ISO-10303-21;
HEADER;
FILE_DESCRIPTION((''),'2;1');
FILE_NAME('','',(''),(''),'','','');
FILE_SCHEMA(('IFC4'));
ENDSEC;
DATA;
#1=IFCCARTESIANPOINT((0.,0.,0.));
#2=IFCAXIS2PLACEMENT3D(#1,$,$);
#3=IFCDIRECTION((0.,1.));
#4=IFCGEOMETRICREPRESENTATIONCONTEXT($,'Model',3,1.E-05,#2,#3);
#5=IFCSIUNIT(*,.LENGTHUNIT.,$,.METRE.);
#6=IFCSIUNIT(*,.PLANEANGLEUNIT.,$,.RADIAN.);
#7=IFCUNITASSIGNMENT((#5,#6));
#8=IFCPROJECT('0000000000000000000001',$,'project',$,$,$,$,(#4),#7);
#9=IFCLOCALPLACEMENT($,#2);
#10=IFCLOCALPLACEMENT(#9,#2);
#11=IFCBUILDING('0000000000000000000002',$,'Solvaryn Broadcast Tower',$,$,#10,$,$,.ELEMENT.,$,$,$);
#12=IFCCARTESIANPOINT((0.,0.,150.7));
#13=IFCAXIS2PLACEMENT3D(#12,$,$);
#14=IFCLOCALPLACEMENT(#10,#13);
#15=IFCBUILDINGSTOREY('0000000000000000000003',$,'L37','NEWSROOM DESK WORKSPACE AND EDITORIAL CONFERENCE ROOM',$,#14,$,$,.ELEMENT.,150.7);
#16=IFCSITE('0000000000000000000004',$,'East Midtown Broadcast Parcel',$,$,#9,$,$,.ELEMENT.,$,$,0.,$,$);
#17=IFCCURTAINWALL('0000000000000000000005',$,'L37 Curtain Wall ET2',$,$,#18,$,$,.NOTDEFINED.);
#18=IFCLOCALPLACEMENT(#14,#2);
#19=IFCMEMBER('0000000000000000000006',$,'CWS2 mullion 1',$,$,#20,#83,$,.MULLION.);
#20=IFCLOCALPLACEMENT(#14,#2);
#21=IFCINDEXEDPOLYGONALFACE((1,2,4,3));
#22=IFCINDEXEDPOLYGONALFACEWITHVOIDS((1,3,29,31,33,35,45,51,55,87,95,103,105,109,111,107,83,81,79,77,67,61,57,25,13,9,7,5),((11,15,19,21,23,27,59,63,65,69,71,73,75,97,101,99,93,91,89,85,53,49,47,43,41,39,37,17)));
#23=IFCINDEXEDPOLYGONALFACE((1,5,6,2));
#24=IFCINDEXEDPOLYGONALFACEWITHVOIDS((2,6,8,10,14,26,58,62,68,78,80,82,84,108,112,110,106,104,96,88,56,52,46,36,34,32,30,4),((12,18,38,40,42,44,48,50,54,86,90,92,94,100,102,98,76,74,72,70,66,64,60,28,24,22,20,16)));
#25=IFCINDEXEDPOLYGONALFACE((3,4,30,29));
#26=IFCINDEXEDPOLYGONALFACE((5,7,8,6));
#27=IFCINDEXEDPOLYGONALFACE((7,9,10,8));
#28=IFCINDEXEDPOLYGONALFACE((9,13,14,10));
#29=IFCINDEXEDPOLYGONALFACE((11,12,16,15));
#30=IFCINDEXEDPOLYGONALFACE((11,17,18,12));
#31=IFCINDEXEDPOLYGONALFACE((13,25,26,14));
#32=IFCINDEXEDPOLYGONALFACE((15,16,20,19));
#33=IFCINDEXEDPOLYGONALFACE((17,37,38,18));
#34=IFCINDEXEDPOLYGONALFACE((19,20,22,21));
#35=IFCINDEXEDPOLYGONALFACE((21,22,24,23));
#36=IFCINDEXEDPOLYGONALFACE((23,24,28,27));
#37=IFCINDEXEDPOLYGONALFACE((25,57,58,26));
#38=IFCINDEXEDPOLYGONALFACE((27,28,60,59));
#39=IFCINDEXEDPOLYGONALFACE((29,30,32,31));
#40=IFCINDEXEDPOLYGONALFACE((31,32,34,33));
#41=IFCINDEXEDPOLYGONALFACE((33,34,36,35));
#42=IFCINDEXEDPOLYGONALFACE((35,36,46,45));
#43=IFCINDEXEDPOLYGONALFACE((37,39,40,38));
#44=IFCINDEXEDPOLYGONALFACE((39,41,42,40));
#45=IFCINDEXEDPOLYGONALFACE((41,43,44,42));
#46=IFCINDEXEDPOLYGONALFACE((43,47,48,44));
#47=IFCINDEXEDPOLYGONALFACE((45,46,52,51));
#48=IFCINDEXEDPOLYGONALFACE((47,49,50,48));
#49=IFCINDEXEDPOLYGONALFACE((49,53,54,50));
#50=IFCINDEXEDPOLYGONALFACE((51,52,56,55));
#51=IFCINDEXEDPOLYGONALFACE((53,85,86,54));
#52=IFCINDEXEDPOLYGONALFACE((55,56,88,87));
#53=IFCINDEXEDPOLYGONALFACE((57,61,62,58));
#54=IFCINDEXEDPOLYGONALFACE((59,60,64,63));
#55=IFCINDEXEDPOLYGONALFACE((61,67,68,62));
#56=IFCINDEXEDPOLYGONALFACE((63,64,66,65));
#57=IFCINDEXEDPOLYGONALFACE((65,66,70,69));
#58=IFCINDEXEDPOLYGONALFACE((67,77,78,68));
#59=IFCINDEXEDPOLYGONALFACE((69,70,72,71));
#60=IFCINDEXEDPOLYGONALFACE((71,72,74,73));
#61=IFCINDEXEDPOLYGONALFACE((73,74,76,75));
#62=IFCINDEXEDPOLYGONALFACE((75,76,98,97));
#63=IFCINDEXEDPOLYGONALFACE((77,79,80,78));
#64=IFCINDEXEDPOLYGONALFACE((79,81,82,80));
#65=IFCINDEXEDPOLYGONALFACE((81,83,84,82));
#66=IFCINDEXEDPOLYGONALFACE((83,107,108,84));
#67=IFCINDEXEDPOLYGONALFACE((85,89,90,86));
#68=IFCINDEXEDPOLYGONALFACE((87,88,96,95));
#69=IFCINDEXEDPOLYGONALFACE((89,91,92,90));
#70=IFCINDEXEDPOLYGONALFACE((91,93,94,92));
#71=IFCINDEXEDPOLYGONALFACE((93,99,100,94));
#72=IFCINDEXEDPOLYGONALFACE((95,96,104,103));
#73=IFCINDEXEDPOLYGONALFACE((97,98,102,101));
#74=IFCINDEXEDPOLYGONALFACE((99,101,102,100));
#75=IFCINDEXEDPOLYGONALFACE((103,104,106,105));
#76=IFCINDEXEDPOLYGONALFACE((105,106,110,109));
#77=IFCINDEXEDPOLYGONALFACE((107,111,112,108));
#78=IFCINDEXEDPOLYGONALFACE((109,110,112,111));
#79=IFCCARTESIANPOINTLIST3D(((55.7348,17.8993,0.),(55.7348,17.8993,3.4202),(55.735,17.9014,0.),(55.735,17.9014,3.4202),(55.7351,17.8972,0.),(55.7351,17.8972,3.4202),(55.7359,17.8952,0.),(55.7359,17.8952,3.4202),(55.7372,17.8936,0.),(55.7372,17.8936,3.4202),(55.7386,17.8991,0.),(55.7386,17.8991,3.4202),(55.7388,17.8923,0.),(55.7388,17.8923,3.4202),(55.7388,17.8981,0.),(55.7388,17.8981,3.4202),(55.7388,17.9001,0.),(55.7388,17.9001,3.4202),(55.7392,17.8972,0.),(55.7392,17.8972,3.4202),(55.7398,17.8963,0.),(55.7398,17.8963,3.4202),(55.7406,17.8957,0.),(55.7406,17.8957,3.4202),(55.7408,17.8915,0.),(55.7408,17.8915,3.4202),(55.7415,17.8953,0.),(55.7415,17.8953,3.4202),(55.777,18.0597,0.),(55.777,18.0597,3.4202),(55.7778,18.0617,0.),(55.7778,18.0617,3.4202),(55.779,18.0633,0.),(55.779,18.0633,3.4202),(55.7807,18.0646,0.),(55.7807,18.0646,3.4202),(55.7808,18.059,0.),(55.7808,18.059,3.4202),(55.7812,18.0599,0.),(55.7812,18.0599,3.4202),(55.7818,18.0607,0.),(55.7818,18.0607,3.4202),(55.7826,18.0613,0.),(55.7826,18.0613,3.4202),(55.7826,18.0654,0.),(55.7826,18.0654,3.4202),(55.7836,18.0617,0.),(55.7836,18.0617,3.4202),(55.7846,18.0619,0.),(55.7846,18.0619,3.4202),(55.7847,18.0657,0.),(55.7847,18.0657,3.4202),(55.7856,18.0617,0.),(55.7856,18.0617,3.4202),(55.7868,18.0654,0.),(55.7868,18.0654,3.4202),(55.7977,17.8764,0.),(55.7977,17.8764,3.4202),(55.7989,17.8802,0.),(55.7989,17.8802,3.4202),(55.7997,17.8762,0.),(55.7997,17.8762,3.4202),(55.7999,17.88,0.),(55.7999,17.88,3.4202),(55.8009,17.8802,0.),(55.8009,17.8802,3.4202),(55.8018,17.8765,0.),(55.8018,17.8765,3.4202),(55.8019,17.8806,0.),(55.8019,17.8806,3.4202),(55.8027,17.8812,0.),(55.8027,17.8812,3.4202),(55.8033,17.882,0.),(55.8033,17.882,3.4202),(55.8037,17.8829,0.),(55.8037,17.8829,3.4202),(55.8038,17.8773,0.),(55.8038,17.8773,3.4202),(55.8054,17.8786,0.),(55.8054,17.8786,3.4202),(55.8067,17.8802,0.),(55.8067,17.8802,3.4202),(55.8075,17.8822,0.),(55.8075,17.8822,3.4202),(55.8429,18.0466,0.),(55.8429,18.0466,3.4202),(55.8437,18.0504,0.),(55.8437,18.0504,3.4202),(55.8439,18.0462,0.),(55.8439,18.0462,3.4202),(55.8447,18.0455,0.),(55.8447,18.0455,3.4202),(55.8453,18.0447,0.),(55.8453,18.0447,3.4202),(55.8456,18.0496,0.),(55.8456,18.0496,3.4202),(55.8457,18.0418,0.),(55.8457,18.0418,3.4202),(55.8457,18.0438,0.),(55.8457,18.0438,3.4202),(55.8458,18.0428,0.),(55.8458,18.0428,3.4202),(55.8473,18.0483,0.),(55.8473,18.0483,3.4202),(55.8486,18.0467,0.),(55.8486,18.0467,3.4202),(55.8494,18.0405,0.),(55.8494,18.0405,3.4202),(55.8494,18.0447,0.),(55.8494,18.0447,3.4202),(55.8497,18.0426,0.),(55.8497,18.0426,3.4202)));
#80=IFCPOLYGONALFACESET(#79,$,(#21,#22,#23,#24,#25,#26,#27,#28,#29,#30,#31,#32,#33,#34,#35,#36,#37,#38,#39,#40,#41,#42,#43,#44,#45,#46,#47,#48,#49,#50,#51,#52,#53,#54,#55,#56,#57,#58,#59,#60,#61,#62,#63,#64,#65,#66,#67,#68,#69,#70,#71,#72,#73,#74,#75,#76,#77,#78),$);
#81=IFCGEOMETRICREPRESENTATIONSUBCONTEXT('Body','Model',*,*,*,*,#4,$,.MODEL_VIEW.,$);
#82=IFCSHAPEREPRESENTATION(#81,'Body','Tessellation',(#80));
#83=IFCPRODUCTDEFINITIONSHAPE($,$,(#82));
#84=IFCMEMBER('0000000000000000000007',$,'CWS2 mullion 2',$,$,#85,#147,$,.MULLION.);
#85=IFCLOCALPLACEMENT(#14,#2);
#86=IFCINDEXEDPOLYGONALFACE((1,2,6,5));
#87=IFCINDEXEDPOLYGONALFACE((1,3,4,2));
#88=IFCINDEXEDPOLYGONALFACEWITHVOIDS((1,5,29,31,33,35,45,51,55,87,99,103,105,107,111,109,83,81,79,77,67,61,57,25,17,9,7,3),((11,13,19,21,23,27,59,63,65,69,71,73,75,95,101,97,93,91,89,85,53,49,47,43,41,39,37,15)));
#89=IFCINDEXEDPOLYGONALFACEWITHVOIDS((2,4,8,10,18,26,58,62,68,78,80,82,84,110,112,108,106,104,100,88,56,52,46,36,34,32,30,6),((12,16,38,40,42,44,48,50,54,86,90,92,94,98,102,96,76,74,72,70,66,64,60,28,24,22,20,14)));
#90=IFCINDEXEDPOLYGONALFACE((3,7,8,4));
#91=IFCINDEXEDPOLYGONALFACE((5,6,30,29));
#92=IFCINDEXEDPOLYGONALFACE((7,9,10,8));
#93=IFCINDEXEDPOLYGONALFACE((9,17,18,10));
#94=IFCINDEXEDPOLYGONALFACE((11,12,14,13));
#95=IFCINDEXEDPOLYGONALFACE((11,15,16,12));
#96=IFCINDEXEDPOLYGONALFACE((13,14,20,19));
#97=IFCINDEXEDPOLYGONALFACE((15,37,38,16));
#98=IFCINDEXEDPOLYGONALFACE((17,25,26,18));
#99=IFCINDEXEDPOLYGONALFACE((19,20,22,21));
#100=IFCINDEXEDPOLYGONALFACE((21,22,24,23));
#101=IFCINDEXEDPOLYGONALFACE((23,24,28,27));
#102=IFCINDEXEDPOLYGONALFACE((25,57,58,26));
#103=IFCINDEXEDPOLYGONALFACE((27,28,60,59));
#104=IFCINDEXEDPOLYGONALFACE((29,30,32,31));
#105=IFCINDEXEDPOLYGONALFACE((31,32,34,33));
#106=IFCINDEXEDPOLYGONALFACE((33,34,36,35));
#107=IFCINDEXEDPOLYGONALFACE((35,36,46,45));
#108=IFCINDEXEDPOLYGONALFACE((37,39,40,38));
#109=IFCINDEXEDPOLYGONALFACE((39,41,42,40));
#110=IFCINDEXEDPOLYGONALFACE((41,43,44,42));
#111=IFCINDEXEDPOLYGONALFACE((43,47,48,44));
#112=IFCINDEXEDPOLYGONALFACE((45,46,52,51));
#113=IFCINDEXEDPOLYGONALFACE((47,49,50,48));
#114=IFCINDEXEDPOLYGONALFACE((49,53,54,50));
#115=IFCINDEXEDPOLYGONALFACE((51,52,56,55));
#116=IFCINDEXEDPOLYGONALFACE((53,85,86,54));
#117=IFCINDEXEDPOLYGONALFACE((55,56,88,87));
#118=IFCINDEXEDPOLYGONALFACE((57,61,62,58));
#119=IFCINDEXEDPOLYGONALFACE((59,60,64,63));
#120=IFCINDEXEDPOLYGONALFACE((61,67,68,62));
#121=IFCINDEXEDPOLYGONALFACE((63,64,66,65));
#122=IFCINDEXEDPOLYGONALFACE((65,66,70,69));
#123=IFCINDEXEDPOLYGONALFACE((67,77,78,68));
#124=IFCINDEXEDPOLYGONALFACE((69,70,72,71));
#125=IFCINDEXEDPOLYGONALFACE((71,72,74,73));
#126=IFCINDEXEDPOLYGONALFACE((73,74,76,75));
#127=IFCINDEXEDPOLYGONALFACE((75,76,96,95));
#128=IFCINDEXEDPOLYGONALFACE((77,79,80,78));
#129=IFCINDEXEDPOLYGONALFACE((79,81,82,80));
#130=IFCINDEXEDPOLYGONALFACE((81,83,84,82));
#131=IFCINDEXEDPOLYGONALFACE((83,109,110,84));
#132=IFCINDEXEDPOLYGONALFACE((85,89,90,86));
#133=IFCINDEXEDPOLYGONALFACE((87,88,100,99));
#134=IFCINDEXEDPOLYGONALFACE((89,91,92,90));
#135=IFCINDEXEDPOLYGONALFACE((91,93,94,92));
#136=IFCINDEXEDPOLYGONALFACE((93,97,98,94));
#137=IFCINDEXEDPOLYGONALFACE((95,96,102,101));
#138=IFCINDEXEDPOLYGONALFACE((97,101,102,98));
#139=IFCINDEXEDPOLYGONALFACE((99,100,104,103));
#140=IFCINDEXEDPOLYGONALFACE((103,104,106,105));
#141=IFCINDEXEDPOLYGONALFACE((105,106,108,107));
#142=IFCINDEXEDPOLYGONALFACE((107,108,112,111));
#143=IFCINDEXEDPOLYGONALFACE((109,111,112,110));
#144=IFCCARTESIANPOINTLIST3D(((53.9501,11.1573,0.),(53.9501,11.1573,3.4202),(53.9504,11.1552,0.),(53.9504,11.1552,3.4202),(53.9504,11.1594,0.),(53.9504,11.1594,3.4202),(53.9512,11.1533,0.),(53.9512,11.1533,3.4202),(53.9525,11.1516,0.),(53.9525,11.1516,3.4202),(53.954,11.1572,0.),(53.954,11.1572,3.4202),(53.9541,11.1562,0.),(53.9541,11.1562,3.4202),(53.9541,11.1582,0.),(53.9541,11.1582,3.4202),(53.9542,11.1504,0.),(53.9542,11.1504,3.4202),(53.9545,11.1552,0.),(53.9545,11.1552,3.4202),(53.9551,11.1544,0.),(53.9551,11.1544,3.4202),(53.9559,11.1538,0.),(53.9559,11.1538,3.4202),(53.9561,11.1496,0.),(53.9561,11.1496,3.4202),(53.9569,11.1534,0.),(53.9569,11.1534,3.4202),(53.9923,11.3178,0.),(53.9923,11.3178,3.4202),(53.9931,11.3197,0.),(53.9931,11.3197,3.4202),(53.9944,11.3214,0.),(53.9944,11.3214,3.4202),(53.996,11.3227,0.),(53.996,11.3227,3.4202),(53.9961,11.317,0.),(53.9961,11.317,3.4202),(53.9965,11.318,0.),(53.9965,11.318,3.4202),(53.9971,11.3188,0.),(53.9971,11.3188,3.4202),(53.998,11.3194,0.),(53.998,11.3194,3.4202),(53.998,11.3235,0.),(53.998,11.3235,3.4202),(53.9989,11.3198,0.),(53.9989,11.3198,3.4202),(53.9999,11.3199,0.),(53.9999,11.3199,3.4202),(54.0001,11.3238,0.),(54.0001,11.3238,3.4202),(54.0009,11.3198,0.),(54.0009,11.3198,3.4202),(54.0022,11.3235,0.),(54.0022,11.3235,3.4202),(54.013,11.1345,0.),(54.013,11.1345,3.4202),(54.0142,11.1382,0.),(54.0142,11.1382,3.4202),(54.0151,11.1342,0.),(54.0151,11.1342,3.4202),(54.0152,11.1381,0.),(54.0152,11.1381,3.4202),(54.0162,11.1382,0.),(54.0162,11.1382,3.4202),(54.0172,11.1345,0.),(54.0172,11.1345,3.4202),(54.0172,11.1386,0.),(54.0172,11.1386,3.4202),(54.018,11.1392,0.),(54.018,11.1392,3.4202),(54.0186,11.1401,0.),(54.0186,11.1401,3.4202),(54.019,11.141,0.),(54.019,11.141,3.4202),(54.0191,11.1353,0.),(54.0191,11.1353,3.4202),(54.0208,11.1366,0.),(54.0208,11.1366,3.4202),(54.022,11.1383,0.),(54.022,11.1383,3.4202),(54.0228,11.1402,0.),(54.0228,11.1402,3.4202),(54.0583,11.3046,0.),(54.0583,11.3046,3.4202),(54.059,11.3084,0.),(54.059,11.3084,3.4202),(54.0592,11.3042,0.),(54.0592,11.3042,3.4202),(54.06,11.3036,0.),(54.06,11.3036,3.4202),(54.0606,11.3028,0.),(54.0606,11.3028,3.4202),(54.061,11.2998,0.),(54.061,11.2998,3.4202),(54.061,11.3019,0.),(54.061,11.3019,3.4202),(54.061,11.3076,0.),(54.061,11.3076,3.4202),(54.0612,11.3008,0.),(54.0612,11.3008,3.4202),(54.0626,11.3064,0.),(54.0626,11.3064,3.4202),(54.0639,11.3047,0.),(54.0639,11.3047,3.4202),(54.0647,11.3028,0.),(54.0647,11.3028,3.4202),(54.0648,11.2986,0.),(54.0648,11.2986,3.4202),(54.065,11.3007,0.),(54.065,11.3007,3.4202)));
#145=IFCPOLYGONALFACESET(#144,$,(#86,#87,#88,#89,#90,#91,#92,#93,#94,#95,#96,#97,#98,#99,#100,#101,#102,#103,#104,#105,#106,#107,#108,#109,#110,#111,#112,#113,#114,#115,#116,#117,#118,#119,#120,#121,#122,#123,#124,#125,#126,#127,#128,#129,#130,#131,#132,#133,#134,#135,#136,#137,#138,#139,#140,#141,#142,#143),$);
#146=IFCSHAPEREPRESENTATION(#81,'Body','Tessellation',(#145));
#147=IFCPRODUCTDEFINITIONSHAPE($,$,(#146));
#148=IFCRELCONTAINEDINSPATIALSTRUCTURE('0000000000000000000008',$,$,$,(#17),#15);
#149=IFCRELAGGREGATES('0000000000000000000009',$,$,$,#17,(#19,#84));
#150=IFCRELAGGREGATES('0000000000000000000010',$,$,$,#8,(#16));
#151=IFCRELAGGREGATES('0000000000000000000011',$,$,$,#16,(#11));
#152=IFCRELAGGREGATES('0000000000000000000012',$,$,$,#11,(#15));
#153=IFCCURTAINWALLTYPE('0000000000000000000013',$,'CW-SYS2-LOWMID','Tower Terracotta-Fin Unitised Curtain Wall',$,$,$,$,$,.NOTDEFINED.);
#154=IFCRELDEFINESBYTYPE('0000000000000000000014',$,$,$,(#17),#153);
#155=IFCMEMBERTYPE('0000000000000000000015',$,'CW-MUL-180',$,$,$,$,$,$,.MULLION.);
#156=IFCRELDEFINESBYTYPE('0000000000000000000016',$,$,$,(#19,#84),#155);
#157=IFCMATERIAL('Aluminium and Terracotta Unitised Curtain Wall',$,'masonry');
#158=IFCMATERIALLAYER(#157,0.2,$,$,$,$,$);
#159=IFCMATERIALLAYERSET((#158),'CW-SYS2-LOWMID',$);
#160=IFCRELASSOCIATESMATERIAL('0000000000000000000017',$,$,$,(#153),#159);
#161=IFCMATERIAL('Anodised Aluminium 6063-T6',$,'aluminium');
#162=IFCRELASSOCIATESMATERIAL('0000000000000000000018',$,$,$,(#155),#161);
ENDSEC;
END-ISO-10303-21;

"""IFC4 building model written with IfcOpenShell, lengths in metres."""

from ifc_helpers import new_model, si_unit, direction, frame, origin, origin_2d, place, context, subcontext, project, spatial, hollow_rectangle, extrude, material, layer, layer_set, material_profile, profile_set, type_object, element, aggregate, save


model = new_model("IFC4")

# Units and contexts
model_context = context("Model", 3, precision=1e-05, world=origin(), true_north=direction((0.0, 1.0)))
body_context = subcontext(model_context, "Body", "Model", "MODEL_VIEW")
ifc_project = project(units=[si_unit("LENGTHUNIT", "METRE"), si_unit("PLANEANGLEUNIT", "RADIAN")], contexts=[model_context])

# Site, building, storey
site_placement = place(None, origin())
site = spatial("IfcSite", under=ifc_project, at=site_placement, Name="East Midtown Broadcast Parcel", CompositionType="ELEMENT", RefElevation=0.0)
building_placement = place(site_placement, origin())
building = spatial("IfcBuilding", under=site, at=building_placement, Name="Solvaryn Broadcast Tower", CompositionType="ELEMENT")
storey_placement = place(building_placement, frame((0.0, 0.0, 150.7)))
storey = spatial("IfcBuildingStorey", under=building, at=storey_placement, Name="L37", Description="NEWSROOM DESK WORKSPACE AND EDITORIAL CONFERENCE ROOM", CompositionType="ELEMENT", Elevation=150.7)

# Shared definitions
ifc_material_1 = material(Name="Aluminium and Terracotta Unitised Curtain Wall", Category="masonry")
ifc_layer_1 = layer(ifc_material_1, 0.2)
ifc_layer_set_1 = layer_set([ifc_layer_1], Name="CW-SYS2-LOWMID")
curtain_wall_type = type_object("IfcCurtainWallType", Name="CW-SYS2-LOWMID", Description="Tower Terracotta-Fin Unitised Curtain Wall", PredefinedType="NOTDEFINED", material=ifc_layer_set_1)
ifc_material_2 = material(Name="Anodised Aluminium 6063-T6", Category="aluminium")
ifc_material_profile_1 = material_profile(ifc_material_2, hollow_rectangle(XDim=0.075, YDim=0.1799, WallThickness=0.0039, InnerFilletRadius=0.0039, OuterFilletRadius=0.0081, at=origin_2d()))
ifc_profile_set_1 = profile_set([ifc_material_profile_1], Name="Anodised Aluminium 6063-T6")
member_type_1 = type_object("IfcMemberType", Name="CW-MUL-180", PredefinedType="MULLION", material=ifc_profile_set_1)

# Curtain wall, members
curtain_wall_1_placement = place(storey_placement, origin())
curtain_wall_1 = element("IfcCurtainWall", 1, at=curtain_wall_1_placement, inside=storey, type_object=curtain_wall_type, Name="L37 Curtain Wall ET2", PredefinedType="NOTDEFINED")
member_1_placement = place(storey_placement, frame((55.7922, 17.9709, 0.0), z_axis=(0.0, 0.0, 1.0), x_axis=(0.966705, -0.255893, 0.0)))
member_1 = element("IfcMember", 2, at=member_1_placement, type_object=member_type_1, Name="CWS2 mullion 1", PredefinedType="MULLION", context=body_context, shape_type="SweptSolid", body=[
    extrude(hollow_rectangle(XDim=0.075, YDim=0.1799, WallThickness=0.0039, InnerFilletRadius=0.0039, OuterFilletRadius=0.0081, at=origin_2d()), origin(), (0.0, 0.0, 1.0), 3.4202),
])
member_2_placement = place(storey_placement, frame((54.0076, 11.229, 0.0), z_axis=(0.0, 0.0, 1.0), x_axis=(0.966705, -0.255893, 0.0)))
member_2 = element("IfcMember", 3, at=member_2_placement, type_object=member_type_1, Name="CWS2 mullion 2", PredefinedType="MULLION", context=body_context, shape_type="SweptSolid", body=[
    extrude(hollow_rectangle(XDim=0.075, YDim=0.1799, WallThickness=0.0039, InnerFilletRadius=0.0039, OuterFilletRadius=0.0081, at=origin_2d()), origin(), (0.0, 0.0, 1.0), 3.4202),
])

aggregate(curtain_wall_1, [member_1, member_2])

save(model, "model.ifc")
